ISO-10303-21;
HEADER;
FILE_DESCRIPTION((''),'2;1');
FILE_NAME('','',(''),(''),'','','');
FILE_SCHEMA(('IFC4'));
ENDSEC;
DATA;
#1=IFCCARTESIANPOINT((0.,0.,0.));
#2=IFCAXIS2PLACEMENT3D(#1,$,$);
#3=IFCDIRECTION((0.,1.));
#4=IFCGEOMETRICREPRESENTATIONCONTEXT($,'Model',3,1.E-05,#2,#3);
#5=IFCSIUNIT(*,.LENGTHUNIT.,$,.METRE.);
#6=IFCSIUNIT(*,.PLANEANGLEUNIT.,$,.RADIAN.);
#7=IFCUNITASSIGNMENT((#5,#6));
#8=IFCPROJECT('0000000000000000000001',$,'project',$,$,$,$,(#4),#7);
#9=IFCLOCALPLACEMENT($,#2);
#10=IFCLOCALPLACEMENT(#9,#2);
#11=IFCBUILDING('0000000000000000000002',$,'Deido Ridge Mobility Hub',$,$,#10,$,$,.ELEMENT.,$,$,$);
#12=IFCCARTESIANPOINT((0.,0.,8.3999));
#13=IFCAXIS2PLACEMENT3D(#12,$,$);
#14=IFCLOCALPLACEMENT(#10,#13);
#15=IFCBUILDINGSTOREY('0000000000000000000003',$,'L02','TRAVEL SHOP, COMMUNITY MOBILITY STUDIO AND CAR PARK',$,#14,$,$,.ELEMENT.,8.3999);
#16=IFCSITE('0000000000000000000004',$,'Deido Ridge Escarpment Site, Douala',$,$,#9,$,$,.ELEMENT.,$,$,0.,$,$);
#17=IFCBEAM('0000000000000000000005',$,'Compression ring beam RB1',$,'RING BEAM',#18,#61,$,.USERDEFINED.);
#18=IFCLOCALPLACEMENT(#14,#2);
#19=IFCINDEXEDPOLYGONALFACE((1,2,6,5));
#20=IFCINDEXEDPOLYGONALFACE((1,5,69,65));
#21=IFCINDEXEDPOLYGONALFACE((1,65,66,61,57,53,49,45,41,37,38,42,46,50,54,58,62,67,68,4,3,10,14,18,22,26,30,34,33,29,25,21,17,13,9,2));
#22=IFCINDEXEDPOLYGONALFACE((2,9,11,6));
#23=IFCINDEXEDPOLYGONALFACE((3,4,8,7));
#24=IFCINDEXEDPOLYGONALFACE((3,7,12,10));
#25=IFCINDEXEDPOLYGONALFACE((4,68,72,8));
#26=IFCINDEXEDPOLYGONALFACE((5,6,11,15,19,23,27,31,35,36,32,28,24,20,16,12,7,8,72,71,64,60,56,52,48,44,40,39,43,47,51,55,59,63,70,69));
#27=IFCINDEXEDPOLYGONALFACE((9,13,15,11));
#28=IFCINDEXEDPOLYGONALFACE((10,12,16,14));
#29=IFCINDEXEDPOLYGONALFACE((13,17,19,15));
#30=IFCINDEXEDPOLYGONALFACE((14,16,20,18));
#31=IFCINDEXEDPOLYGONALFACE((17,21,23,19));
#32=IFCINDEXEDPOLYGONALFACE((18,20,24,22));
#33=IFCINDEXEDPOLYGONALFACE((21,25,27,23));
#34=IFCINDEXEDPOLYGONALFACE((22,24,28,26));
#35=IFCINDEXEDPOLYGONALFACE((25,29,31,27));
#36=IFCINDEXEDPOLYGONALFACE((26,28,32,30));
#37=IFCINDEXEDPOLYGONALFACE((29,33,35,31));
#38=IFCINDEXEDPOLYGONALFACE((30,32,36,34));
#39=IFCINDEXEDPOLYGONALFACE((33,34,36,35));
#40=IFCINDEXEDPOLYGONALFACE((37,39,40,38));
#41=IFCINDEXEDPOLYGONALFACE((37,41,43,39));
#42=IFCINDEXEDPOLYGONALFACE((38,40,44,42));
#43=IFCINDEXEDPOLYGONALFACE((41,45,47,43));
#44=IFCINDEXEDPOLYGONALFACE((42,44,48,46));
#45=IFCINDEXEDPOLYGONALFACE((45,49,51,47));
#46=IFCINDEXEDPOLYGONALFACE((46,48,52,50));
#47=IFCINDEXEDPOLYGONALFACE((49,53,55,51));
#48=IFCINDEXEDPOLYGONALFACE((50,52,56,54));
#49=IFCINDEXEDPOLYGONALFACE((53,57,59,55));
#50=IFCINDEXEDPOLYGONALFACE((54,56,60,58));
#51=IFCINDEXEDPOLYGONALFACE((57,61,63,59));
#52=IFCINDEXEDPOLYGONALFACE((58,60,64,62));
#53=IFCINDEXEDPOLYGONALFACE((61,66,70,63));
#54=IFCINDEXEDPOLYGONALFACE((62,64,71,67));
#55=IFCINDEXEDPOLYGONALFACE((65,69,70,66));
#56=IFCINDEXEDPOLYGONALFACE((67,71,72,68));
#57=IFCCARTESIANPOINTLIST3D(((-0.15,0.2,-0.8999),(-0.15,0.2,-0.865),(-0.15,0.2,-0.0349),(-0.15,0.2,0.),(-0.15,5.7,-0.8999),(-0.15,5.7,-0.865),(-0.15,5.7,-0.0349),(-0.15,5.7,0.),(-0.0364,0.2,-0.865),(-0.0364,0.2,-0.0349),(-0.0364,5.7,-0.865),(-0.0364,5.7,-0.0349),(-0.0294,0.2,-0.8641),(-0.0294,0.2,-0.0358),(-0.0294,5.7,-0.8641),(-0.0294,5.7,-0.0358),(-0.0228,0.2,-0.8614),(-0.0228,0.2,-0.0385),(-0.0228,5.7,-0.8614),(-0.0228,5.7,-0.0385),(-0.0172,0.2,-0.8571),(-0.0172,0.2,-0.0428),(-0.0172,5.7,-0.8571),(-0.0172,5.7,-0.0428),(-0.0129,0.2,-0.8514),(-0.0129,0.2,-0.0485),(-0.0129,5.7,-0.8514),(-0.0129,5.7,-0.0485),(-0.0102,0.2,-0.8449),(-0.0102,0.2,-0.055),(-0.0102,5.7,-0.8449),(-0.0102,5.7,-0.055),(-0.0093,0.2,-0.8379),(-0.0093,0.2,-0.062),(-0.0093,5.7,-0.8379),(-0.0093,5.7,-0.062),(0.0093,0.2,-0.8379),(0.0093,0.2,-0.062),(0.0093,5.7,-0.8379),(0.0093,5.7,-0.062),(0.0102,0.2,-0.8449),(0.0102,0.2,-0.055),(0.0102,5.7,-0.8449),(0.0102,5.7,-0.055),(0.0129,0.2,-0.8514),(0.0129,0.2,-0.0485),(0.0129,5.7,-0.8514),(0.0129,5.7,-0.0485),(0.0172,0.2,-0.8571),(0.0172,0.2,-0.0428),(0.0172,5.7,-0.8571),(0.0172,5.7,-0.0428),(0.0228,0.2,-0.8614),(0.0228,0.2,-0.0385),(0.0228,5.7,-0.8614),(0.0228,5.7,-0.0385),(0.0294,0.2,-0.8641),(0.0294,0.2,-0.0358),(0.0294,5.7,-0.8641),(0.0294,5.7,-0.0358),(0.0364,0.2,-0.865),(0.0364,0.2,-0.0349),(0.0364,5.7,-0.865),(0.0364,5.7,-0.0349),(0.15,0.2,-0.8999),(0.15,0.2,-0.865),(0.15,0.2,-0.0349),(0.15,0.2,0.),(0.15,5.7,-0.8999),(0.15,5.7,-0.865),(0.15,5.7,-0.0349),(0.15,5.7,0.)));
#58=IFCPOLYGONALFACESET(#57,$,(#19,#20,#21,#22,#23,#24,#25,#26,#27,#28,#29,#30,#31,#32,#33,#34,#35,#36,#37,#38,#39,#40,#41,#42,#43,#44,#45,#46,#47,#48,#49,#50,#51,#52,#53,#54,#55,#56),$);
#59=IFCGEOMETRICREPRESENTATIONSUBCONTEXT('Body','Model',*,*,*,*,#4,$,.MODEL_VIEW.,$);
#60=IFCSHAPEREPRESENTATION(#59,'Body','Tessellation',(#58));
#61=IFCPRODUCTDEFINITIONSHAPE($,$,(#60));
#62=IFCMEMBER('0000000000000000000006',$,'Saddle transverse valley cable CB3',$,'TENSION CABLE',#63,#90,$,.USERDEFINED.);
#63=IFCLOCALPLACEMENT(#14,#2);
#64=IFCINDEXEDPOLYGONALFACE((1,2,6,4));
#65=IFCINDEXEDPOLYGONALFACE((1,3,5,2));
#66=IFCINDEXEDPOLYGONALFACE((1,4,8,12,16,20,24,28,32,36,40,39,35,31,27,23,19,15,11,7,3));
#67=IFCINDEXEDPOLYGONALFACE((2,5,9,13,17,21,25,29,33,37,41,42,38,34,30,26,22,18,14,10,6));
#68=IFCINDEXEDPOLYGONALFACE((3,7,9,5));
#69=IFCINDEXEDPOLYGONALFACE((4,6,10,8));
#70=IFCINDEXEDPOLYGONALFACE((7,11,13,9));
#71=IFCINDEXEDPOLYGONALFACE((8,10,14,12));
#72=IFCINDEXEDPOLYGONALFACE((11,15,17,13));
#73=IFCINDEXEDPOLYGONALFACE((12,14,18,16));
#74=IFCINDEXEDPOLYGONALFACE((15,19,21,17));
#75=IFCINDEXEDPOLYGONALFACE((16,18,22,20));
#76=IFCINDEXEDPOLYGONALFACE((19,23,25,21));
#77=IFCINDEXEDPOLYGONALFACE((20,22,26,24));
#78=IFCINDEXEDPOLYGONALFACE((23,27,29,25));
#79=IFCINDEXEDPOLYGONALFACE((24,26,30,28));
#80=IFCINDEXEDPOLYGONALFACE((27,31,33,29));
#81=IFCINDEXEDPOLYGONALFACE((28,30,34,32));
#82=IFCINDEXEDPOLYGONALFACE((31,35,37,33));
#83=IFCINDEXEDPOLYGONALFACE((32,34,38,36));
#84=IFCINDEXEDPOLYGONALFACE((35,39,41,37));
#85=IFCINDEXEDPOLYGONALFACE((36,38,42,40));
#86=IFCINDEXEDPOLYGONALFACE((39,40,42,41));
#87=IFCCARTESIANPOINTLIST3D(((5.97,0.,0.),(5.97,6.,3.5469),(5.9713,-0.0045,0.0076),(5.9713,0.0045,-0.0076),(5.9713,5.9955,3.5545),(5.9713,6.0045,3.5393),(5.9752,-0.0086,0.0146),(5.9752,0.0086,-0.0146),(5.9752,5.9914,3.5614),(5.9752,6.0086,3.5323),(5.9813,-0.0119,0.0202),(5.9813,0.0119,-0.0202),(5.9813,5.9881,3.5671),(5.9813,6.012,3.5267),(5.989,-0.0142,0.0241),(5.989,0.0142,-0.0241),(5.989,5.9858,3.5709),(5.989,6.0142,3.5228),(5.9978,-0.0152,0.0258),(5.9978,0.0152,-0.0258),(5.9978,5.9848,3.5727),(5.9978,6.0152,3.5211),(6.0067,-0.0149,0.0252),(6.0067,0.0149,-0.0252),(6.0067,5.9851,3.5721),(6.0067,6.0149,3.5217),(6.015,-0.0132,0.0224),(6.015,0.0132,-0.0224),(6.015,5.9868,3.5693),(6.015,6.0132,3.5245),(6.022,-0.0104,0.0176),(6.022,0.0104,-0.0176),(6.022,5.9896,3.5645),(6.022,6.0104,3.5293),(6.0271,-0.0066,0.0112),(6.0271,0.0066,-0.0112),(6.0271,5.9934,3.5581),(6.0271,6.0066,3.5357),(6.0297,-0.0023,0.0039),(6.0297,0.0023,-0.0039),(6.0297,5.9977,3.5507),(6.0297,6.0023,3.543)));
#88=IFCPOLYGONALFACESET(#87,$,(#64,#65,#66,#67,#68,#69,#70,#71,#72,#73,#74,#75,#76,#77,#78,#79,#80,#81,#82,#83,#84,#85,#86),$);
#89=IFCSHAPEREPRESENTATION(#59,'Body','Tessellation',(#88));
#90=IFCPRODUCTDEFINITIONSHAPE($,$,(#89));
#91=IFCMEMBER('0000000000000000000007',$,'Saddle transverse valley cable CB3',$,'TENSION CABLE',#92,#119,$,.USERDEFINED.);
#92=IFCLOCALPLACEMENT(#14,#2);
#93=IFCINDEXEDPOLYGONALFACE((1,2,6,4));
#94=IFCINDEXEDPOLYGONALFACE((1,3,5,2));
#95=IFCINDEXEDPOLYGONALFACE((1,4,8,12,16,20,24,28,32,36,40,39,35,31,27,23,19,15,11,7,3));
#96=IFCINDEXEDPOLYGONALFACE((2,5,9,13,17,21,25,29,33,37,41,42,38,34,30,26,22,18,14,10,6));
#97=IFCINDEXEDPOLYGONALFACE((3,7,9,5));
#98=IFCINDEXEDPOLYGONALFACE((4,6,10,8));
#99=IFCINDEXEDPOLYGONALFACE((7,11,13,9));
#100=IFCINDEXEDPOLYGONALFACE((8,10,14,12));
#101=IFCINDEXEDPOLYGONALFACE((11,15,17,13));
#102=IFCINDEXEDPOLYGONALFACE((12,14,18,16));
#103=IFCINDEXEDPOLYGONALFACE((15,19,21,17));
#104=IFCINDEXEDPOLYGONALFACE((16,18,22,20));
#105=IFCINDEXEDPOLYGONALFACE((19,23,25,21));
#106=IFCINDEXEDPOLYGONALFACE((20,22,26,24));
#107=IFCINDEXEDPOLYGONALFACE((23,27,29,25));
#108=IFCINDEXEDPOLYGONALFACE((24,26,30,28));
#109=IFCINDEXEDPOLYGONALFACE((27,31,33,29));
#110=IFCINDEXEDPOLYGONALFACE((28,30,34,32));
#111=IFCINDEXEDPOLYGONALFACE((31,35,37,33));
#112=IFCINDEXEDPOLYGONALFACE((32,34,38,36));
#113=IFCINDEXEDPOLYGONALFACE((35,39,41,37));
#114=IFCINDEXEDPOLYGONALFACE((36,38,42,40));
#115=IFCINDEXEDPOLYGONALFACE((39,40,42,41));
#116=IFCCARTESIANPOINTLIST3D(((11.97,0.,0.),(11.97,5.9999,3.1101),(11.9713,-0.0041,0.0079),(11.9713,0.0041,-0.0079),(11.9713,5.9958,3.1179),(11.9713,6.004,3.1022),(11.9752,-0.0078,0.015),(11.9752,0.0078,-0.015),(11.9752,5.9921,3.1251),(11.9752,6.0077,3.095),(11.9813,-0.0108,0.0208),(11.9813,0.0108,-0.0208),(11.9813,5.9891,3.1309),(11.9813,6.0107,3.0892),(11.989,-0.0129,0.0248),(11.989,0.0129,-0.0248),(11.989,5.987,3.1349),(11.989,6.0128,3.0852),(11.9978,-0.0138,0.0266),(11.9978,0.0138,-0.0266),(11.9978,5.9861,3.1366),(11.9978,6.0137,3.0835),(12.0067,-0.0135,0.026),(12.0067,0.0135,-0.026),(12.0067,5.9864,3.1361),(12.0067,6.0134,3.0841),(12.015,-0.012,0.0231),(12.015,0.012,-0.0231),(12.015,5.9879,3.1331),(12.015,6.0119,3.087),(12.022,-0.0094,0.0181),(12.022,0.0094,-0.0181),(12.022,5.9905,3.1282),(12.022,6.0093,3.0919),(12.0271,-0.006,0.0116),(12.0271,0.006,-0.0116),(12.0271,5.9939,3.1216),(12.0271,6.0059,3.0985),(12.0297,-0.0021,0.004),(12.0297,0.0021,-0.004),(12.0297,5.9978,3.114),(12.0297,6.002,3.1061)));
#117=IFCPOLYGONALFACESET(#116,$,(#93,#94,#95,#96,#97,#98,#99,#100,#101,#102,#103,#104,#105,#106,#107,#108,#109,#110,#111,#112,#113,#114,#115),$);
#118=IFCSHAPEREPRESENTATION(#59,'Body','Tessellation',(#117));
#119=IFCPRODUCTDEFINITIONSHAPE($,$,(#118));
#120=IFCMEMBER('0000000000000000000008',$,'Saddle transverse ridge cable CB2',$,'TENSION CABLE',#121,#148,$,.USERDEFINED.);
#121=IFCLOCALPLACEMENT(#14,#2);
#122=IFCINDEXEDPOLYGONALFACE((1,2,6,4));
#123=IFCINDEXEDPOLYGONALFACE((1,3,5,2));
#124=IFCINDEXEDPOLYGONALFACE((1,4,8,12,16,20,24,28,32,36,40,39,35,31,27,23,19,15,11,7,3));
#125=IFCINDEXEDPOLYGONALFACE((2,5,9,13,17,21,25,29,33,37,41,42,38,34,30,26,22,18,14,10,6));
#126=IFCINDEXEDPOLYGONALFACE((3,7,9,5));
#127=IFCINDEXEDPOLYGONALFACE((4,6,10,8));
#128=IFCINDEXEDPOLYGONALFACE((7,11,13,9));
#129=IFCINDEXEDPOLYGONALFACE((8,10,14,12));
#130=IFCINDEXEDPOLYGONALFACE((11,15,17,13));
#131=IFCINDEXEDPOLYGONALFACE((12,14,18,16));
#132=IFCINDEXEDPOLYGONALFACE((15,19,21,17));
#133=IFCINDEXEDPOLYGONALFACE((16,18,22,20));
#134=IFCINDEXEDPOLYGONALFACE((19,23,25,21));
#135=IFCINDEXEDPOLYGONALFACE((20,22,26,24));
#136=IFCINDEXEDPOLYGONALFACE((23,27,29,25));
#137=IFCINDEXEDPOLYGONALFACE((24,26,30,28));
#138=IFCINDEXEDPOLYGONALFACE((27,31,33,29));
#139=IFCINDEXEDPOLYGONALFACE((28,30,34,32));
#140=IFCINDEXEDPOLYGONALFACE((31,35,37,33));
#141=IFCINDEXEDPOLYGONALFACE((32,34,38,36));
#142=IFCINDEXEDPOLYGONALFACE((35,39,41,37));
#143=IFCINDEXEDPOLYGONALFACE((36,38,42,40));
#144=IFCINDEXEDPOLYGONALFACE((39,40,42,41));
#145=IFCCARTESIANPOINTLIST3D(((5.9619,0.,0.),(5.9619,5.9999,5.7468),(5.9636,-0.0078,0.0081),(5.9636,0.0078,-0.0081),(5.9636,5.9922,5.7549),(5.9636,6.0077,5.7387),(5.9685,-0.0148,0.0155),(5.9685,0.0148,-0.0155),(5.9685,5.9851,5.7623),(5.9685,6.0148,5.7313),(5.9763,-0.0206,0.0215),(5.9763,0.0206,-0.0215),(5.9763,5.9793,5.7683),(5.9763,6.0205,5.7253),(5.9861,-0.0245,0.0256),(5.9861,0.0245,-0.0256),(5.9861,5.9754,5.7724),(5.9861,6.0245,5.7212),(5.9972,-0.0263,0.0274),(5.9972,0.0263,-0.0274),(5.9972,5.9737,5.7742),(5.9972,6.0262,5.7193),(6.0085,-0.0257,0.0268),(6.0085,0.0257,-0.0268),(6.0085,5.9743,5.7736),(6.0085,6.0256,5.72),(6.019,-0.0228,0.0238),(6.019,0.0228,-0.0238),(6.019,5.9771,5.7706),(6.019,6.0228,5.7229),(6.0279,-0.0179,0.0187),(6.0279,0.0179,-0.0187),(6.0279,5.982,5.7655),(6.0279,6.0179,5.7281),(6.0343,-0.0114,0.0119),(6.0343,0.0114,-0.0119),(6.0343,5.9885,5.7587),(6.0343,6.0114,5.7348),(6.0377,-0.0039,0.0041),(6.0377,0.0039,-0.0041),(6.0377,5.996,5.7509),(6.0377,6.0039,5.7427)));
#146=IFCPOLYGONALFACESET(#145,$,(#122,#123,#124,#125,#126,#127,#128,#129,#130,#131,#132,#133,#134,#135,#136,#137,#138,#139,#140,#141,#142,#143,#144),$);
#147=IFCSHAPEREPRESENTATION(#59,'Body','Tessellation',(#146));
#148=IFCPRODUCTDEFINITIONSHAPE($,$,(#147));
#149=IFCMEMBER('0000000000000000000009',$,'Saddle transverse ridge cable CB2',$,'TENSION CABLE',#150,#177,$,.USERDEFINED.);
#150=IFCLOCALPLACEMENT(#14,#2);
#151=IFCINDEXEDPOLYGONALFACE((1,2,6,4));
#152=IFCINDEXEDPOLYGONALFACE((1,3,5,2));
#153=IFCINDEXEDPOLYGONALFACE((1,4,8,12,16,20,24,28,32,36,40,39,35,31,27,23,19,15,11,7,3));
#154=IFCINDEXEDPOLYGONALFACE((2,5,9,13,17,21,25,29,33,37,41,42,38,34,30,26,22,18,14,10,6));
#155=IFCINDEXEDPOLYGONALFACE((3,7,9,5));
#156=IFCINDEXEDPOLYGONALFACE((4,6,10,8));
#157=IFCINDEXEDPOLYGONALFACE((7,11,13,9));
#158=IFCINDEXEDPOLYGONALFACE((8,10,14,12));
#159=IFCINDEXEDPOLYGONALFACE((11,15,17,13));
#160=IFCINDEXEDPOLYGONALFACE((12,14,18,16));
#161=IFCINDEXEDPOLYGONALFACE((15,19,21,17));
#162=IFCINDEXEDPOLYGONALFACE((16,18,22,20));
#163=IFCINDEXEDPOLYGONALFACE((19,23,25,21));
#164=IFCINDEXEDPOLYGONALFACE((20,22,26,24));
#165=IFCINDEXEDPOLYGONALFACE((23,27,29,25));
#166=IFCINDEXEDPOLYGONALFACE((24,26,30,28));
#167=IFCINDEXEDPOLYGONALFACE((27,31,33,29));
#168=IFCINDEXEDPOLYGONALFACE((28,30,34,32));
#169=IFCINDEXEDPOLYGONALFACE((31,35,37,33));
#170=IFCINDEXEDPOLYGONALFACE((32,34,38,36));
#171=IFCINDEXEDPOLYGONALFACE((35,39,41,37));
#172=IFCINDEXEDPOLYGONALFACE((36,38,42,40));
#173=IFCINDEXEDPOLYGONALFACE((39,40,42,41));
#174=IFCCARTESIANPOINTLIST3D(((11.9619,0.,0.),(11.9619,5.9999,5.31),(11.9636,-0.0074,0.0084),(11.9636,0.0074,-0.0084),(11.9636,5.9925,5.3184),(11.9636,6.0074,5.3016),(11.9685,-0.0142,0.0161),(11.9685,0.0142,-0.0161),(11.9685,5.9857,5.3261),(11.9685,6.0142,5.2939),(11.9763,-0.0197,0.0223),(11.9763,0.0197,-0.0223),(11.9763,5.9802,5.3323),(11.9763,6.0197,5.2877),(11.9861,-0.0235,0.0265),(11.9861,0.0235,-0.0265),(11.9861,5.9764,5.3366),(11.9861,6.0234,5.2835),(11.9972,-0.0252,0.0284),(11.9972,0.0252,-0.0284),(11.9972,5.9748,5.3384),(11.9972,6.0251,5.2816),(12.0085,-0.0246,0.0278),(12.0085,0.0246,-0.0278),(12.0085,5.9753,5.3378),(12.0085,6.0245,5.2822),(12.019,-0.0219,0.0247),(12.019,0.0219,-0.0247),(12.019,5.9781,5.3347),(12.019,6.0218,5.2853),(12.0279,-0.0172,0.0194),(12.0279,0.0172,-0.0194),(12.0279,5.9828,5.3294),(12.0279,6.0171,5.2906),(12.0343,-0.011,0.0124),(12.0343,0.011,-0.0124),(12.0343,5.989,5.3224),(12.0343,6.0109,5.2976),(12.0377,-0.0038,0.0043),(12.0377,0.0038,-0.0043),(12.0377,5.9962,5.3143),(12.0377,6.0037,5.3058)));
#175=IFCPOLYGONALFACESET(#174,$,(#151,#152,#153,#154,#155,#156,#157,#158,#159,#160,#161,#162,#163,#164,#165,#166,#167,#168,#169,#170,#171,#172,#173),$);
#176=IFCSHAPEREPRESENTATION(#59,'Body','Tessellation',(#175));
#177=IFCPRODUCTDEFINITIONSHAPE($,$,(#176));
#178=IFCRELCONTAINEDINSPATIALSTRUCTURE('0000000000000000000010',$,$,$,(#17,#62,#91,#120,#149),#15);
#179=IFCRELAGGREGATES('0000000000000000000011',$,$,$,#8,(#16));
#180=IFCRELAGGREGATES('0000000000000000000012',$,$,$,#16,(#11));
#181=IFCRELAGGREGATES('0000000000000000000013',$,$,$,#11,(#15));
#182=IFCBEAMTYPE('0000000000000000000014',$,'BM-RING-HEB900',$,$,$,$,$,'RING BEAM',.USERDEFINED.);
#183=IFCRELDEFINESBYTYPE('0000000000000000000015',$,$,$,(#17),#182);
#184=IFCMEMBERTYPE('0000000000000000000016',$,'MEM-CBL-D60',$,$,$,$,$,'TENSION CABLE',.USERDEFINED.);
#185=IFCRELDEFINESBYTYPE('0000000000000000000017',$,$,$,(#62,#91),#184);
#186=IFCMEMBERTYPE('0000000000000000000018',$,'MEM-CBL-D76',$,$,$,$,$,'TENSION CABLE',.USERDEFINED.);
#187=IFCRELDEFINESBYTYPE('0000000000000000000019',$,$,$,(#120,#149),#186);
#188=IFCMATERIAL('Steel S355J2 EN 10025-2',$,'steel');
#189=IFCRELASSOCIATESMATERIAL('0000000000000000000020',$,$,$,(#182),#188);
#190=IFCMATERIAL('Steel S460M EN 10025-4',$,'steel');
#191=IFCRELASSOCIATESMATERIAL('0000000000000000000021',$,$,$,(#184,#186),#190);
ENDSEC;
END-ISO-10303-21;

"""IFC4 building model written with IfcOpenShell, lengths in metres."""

from ifc_helpers import new_model, si_unit, direction, frame, origin, origin_2d, place, context, subcontext, project, spatial, circle, i_section, extrude, material, material_profile, profile_set, type_object, element, save


model = new_model("IFC4")

# Units and contexts
model_context = context("Model", 3, precision=1e-05, world=origin(), true_north=direction((0.0, 1.0)))
body_context = subcontext(model_context, "Body", "Model", "MODEL_VIEW")
ifc_project = project(units=[si_unit("LENGTHUNIT", "METRE"), si_unit("PLANEANGLEUNIT", "RADIAN")], contexts=[model_context])

# Site, building, storey
site_placement = place(None, origin())
site = spatial("IfcSite", under=ifc_project, at=site_placement, Name="Deido Ridge Escarpment Site, Douala", CompositionType="ELEMENT", RefElevation=0.0)
building_placement = place(site_placement, origin())
building = spatial("IfcBuilding", under=site, at=building_placement, Name="Deido Ridge Mobility Hub", CompositionType="ELEMENT")
storey_placement = place(building_placement, frame((0.0, 0.0, 8.3999)))
storey = spatial("IfcBuildingStorey", under=building, at=storey_placement, Name="L02", Description="TRAVEL SHOP, COMMUNITY MOBILITY STUDIO AND CAR PARK", CompositionType="ELEMENT", Elevation=8.3999)

# Beam
ifc_material_1 = material(Name="Steel S355J2 EN 10025-2", Category="steel")
ifc_material_profile_1 = material_profile(ifc_material_1, i_section(OverallWidth=0.3, OverallDepth=0.8999, WebThickness=0.0186, FlangeThickness=0.0349, FilletRadius=0.0271, at=origin_2d()), Name="HEB 900")
ifc_profile_set_1 = profile_set([ifc_material_profile_1], Name="Steel S355J2 EN 10025-2")
beam_type_1 = type_object("IfcBeamType", Name="BM-RING-HEB900", ElementType="RING BEAM", PredefinedType="USERDEFINED", material=ifc_profile_set_1)
beam_1_placement = place(storey_placement, frame((0.0, 0.2, -0.45), z_axis=(0.0, 1.0, 0.0), x_axis=(-1.0, 0.0, 0.0)))
element("IfcBeam", 1, at=beam_1_placement, inside=storey, type_object=beam_type_1, Name="Compression ring beam RB1", ObjectType="RING BEAM", PredefinedType="USERDEFINED", context=body_context, shape_type="SweptSolid", body=[
    extrude(i_section(OverallWidth=0.3, OverallDepth=0.8999, WebThickness=0.0186, FlangeThickness=0.0349, FilletRadius=0.0271, at=origin_2d()), origin(), (0.0, 0.0, 1.0), 5.5),
])

# Members
ifc_material_2 = material(Name="Steel S460M EN 10025-4", Category="steel")
ifc_material_profile_2 = material_profile(ifc_material_2, circle(Radius=0.03, at=origin_2d()), Name="CABLE D60")
ifc_profile_set_2 = profile_set([ifc_material_profile_2], Name="Steel S460M EN 10025-4")
member_type_1 = type_object("IfcMemberType", Name="MEM-CBL-D60", ElementType="TENSION CABLE", PredefinedType="USERDEFINED", material=ifc_profile_set_2)
member_1_placement = place(storey_placement, frame((6.0, 0.0, 0.0), z_axis=(0.0, 0.860837, 0.50888), x_axis=(-1.0, 0.0, 0.0)))
element("IfcMember", 2, at=member_1_placement, inside=storey, type_object=member_type_1, Name="Saddle transverse valley cable CB3", ObjectType="TENSION CABLE", PredefinedType="USERDEFINED", context=body_context, shape_type="SweptSolid", body=[
    extrude(circle(Radius=0.03, at=origin_2d()), origin(), (0.0, 0.0, 1.0), 6.97),
])
member_2_placement = place(storey_placement, frame((12.0, 0.0, 0.0), z_axis=(0.0, 0.887815, 0.4602), x_axis=(-1.0, 0.0, 0.0)))
element("IfcMember", 3, at=member_2_placement, inside=storey, type_object=member_type_1, Name="Saddle transverse valley cable CB3", ObjectType="TENSION CABLE", PredefinedType="USERDEFINED", context=body_context, shape_type="SweptSolid", body=[
    extrude(circle(Radius=0.03, at=origin_2d()), origin(), (0.0, 0.0, 1.0), 6.7581),
])
ifc_material_profile_3 = material_profile(ifc_material_2, circle(Radius=0.0381, at=origin_2d()), Name="CABLE D76")
ifc_profile_set_3 = profile_set([ifc_material_profile_3], Name="Steel S460M EN 10025-4")
member_type_2 = type_object("IfcMemberType", Name="MEM-CBL-D76", ElementType="TENSION CABLE", PredefinedType="USERDEFINED", material=ifc_profile_set_3)
member_3_placement = place(storey_placement, frame((6.0, 0.0, 0.0), z_axis=(0.0, 0.722179, 0.691706), x_axis=(-1.0, 0.0, 0.0)))
element("IfcMember", 4, at=member_3_placement, inside=storey, type_object=member_type_2, Name="Saddle transverse ridge cable CB2", ObjectType="TENSION CABLE", PredefinedType="USERDEFINED", context=body_context, shape_type="SweptSolid", body=[
    extrude(circle(Radius=0.0381, at=origin_2d()), origin(), (0.0, 0.0, 1.0), 8.3081),
])
member_4_placement = place(storey_placement, frame((12.0, 0.0, 0.0), z_axis=(0.0, 0.74885, 0.66274), x_axis=(-1.0, 0.0, 0.0)))
element("IfcMember", 5, at=member_4_placement, inside=storey, type_object=member_type_2, Name="Saddle transverse ridge cable CB2", ObjectType="TENSION CABLE", PredefinedType="USERDEFINED", context=body_context, shape_type="SweptSolid", body=[
    extrude(circle(Radius=0.0381, at=origin_2d()), origin(), (0.0, 0.0, 1.0), 8.0122),
])

save(model, "model.ifc")
